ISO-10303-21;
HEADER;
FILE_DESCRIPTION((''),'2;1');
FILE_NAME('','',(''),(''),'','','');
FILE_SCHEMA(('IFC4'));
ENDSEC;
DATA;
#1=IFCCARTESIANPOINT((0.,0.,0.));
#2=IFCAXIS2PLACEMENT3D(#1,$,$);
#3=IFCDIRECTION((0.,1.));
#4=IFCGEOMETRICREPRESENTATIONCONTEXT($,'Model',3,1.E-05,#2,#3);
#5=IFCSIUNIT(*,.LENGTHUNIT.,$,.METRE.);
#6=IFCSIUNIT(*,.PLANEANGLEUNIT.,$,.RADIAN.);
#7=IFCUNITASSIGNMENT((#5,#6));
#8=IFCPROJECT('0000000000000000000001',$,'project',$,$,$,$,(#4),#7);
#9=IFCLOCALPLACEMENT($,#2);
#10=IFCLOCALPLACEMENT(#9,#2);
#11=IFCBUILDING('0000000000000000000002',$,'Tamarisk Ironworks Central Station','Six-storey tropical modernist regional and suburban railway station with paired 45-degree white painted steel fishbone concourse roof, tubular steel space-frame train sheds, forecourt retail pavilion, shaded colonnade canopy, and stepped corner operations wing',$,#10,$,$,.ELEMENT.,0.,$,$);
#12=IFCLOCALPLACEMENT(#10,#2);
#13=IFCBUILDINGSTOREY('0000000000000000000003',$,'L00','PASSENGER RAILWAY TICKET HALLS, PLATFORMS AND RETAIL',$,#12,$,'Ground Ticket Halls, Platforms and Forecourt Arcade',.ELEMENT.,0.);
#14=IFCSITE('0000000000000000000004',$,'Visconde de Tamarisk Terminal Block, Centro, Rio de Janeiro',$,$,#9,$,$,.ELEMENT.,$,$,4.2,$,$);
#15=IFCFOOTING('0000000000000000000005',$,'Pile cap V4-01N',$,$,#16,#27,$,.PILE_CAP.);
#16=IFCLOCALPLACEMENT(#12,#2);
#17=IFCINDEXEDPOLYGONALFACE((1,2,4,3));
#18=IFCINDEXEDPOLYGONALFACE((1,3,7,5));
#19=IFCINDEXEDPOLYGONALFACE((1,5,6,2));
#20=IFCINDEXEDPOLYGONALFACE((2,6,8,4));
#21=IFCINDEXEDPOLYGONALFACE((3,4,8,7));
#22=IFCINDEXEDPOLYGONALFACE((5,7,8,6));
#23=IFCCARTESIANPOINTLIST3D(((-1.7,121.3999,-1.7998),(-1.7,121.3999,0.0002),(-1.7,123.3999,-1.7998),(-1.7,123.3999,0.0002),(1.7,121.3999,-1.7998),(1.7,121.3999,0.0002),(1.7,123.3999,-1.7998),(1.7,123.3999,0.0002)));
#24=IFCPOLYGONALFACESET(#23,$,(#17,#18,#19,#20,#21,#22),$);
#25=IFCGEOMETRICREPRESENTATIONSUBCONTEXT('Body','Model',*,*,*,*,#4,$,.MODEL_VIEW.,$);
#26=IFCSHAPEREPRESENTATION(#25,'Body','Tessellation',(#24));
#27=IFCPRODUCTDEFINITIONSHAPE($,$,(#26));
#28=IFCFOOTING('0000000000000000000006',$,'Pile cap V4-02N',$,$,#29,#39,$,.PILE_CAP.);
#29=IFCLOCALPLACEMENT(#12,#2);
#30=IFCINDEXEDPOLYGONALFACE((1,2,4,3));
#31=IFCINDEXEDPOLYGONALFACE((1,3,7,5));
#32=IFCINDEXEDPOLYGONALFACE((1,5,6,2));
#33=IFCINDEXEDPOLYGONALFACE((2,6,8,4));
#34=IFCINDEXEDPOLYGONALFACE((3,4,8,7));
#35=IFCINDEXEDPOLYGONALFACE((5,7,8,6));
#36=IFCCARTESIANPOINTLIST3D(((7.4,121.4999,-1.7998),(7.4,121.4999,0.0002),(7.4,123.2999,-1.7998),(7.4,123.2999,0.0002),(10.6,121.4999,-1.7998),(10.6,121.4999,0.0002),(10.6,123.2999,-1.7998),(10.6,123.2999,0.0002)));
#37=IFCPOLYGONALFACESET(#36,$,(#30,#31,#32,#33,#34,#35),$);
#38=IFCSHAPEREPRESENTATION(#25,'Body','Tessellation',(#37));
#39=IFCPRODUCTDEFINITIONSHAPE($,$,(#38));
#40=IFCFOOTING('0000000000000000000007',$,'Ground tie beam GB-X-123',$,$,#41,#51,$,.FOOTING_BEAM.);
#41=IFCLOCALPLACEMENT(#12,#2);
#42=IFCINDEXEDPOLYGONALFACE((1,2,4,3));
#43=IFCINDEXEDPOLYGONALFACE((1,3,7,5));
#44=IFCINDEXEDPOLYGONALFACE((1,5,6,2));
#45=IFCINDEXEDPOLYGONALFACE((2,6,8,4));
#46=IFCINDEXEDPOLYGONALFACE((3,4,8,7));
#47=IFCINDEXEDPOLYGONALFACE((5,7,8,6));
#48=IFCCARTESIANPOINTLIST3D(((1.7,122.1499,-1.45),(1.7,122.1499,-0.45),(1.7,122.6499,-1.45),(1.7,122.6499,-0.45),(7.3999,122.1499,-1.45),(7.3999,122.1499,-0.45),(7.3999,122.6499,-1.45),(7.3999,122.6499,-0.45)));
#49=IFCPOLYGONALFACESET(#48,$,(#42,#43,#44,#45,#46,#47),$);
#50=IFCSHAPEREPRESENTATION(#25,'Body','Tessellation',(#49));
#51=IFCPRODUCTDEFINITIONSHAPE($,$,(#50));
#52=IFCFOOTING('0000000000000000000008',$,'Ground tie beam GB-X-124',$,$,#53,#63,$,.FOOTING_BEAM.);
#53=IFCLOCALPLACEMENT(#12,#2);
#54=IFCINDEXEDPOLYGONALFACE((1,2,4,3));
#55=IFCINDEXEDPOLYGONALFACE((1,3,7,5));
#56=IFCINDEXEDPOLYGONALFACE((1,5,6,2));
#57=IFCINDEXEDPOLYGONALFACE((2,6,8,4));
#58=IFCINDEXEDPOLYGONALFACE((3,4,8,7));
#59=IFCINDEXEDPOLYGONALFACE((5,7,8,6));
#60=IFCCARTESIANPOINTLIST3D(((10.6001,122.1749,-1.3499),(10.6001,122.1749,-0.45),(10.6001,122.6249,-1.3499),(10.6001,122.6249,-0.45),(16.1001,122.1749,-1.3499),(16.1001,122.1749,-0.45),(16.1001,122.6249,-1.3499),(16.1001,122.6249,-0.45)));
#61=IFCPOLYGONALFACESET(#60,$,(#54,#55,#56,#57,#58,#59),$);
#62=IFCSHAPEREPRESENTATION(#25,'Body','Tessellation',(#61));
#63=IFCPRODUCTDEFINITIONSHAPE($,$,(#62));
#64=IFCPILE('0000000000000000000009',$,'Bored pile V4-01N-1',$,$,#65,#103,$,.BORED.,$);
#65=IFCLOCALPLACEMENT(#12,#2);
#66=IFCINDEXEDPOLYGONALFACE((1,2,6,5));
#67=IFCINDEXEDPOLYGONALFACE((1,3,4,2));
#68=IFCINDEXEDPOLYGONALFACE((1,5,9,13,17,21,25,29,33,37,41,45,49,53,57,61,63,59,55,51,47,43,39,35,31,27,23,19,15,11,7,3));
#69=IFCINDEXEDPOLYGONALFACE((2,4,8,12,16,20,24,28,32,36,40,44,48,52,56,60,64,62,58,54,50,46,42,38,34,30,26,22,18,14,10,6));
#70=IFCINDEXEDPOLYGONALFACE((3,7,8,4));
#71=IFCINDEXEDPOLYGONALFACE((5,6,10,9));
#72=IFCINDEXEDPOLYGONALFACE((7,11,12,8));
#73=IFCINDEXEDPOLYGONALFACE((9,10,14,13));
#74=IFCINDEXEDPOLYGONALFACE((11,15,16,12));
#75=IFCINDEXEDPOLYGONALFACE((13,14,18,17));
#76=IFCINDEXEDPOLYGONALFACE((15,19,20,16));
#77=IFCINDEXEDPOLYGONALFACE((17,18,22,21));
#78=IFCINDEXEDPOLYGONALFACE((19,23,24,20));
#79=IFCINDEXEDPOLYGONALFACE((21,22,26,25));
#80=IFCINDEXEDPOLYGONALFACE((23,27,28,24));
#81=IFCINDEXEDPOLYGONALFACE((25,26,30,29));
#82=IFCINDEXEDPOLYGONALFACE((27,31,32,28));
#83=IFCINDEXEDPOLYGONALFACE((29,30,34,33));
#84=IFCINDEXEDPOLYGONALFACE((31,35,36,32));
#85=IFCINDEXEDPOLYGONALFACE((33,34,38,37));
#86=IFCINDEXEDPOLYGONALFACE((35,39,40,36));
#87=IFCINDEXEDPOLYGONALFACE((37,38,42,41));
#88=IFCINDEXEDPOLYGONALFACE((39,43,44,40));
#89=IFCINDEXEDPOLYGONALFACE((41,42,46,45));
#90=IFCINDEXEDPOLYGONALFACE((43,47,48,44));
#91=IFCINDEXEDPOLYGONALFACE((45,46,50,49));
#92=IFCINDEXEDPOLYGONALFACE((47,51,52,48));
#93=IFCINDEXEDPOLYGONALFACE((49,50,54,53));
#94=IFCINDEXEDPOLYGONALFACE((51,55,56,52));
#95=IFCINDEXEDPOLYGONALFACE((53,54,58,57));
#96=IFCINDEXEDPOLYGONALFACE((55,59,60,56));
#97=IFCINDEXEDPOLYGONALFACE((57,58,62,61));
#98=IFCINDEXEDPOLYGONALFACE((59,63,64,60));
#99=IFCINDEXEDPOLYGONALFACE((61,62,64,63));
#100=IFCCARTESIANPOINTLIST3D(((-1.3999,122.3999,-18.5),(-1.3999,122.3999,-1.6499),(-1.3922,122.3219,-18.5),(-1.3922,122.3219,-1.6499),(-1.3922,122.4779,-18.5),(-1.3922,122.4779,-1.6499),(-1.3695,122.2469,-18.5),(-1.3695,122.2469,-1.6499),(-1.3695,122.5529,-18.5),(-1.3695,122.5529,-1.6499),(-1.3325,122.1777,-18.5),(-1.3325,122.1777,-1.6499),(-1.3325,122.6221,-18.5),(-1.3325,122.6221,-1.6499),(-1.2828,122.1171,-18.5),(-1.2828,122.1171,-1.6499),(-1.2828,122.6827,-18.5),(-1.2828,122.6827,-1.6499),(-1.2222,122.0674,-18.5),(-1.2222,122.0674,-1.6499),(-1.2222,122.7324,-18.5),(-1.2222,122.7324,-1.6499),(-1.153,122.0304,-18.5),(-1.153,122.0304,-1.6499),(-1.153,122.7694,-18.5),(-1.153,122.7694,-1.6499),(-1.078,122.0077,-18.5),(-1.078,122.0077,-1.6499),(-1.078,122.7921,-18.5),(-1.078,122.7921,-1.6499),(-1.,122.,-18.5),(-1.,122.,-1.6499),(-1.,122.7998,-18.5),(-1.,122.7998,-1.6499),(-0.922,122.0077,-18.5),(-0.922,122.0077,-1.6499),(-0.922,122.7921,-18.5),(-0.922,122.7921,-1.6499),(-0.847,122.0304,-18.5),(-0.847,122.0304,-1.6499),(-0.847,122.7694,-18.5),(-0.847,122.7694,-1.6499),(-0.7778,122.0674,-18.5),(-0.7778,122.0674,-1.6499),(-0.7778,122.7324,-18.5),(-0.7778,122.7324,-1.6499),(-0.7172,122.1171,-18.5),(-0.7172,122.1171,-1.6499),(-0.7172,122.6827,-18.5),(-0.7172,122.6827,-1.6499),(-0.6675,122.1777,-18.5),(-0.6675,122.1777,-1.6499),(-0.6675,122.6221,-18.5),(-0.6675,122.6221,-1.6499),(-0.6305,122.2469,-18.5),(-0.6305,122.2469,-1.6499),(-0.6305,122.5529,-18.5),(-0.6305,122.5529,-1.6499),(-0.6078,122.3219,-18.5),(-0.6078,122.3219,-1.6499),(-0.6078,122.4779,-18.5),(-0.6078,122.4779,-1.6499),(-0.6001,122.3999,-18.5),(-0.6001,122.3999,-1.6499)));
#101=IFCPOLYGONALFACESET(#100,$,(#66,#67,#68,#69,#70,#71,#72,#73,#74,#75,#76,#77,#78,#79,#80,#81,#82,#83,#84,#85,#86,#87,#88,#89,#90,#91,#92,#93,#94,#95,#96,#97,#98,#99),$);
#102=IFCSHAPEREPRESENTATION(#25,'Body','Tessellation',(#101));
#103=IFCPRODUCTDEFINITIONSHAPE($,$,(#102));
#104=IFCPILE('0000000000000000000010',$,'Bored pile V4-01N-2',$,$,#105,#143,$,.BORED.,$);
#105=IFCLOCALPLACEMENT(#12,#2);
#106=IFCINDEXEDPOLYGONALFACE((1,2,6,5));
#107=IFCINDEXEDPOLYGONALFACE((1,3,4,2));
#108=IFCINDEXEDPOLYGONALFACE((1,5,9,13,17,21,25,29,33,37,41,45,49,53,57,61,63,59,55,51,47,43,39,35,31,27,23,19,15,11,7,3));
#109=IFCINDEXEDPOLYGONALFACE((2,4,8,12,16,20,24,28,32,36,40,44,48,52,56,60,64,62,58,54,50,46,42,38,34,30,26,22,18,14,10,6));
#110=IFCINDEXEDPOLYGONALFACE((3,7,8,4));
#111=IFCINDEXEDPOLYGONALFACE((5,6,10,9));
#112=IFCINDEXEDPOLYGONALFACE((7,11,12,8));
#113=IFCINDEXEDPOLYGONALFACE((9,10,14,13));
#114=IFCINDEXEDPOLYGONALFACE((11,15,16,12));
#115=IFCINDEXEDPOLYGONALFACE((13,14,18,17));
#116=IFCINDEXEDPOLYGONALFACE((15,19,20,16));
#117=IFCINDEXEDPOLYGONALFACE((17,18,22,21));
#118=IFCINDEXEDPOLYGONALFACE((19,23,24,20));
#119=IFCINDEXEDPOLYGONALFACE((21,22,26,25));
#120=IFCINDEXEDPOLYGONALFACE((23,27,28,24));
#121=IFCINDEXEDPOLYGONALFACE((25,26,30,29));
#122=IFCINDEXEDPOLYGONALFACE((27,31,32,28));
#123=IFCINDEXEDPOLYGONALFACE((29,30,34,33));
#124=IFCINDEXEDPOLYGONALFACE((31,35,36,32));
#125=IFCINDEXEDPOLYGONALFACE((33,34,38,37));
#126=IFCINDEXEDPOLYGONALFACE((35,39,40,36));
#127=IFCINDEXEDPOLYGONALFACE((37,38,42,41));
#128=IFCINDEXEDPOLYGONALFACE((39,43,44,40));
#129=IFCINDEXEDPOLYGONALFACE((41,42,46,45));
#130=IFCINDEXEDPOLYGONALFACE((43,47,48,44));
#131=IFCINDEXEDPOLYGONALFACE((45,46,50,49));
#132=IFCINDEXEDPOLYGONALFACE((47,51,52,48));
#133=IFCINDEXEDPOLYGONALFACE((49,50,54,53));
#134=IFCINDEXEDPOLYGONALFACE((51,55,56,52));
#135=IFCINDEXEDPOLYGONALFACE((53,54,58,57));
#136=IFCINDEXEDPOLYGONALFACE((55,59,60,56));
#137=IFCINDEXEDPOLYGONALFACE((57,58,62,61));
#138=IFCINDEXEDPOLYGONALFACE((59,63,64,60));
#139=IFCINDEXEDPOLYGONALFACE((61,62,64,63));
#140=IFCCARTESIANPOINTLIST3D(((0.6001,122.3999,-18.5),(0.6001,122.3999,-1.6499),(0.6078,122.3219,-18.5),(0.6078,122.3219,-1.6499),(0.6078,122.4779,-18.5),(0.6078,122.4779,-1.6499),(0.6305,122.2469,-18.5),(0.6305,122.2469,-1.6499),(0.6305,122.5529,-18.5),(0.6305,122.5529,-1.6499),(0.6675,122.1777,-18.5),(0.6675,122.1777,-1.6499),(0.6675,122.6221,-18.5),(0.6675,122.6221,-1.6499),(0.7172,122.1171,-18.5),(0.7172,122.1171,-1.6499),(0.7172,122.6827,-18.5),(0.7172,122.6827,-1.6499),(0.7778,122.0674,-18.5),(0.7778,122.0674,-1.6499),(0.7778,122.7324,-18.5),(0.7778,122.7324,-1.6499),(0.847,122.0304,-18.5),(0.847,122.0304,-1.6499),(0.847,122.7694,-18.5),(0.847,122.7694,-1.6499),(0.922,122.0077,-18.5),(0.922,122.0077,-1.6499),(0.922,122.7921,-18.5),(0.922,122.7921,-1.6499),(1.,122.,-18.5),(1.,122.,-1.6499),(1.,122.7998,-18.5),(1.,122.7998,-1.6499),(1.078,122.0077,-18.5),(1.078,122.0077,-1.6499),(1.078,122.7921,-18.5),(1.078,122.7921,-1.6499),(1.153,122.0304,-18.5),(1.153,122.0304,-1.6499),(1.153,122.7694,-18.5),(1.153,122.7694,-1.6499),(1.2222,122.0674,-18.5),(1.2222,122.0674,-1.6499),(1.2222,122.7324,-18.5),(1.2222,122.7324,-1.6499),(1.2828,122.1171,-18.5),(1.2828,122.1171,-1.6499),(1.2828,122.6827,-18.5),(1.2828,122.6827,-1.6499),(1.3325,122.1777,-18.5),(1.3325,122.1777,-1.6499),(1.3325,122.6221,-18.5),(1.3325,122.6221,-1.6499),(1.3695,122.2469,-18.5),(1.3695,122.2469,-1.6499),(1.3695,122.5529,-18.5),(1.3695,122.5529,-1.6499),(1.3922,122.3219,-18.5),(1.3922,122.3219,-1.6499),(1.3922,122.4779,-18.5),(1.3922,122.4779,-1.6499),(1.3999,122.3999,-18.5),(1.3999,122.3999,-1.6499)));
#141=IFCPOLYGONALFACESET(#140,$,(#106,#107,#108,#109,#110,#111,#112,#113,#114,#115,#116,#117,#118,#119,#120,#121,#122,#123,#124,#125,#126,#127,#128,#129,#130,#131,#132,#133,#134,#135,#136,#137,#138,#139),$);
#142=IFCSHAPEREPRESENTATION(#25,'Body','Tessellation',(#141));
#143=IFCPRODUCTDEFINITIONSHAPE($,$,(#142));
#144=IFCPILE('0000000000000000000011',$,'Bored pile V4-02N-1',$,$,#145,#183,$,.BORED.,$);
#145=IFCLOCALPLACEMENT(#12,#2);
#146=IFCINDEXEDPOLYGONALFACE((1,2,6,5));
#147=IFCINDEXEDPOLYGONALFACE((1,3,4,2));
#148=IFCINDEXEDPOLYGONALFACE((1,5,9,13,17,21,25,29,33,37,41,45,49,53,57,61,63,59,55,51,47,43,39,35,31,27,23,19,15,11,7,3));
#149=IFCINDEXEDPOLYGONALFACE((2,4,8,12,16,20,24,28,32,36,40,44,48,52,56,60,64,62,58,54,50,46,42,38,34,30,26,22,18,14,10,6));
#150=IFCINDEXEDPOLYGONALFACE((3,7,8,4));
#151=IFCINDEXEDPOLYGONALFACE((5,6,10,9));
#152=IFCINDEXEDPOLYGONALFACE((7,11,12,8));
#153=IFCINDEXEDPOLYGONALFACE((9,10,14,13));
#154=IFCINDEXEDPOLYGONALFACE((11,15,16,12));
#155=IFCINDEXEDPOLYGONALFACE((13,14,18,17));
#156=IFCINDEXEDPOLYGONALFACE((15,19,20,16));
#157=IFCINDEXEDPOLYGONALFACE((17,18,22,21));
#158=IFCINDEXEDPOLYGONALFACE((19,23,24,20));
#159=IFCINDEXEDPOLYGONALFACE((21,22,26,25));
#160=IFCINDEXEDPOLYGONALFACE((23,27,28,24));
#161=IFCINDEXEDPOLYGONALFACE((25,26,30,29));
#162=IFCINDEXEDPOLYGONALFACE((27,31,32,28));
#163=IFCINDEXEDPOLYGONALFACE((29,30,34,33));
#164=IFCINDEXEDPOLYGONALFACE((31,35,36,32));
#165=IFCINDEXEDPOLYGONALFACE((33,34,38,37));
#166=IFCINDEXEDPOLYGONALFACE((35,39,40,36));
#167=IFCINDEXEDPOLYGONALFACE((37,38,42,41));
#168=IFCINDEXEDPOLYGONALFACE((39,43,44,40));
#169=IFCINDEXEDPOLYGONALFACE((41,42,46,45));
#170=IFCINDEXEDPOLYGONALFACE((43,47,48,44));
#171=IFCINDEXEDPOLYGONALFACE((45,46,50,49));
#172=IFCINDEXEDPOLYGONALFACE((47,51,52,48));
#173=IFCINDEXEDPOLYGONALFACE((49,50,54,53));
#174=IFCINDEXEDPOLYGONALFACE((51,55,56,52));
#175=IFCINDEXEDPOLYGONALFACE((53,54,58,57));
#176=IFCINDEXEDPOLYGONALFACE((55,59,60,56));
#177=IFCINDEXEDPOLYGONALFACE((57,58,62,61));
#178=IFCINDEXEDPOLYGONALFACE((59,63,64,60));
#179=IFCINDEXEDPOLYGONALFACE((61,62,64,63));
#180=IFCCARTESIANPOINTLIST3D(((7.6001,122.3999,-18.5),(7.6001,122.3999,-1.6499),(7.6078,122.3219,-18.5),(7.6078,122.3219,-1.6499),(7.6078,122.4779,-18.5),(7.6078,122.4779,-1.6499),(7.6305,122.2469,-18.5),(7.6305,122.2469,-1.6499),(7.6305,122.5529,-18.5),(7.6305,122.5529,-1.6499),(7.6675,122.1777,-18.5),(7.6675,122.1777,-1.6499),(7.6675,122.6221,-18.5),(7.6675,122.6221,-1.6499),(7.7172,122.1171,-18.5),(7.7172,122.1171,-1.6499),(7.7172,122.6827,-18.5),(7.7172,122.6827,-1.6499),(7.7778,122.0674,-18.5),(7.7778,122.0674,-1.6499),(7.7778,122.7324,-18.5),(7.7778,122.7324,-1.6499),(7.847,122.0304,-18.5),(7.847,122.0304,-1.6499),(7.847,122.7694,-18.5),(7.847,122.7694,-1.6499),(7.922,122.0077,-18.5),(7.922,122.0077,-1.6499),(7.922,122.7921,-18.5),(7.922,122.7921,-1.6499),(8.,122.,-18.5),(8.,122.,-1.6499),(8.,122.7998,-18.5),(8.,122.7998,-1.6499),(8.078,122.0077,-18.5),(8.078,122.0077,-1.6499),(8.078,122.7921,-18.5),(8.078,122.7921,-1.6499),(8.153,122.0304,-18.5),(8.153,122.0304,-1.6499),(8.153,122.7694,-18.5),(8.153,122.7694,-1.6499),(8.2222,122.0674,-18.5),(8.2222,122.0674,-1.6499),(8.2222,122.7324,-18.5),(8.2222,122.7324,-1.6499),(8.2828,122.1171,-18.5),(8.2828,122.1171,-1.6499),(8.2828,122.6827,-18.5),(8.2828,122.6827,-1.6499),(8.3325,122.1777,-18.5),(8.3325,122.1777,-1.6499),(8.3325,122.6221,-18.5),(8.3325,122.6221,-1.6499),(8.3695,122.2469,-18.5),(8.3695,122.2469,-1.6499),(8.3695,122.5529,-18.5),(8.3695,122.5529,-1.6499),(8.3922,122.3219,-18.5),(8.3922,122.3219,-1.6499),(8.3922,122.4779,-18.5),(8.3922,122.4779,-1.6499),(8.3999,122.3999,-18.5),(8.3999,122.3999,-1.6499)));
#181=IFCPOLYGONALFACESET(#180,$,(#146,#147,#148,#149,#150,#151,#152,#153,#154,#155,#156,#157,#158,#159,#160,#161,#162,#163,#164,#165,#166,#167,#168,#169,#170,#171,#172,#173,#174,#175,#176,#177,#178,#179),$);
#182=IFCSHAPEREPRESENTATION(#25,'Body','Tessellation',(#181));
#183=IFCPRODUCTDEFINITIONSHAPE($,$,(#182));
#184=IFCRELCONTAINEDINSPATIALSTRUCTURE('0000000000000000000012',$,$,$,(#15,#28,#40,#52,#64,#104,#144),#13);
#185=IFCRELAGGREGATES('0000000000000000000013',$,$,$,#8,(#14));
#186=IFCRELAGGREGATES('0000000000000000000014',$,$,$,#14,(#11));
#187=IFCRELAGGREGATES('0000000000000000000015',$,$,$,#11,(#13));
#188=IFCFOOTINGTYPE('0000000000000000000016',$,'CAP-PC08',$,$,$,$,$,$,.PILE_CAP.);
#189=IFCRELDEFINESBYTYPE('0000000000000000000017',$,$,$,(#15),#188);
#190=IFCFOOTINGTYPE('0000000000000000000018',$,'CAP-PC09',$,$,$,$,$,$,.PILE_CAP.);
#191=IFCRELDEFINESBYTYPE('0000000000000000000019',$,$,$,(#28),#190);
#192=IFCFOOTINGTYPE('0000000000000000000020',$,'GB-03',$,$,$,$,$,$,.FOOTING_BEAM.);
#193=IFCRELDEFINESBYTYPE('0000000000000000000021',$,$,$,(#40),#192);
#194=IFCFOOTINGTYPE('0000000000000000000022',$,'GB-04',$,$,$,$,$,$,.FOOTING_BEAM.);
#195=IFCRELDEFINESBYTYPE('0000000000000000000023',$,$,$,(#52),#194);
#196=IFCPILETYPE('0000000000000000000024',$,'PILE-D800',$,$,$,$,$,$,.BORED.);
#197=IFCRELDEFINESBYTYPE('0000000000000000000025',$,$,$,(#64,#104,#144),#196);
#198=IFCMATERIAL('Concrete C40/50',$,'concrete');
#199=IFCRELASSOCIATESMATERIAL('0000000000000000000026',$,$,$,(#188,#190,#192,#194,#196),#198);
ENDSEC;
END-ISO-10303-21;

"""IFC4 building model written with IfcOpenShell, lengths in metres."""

from ifc_helpers import new_model, si_unit, direction, frame, origin, origin_2d, place, context, subcontext, project, spatial, rectangle, circle, extrude, material, material_profile, profile_set, type_object, element, save


model = new_model("IFC4")

# Units and contexts
model_context = context("Model", 3, precision=1e-05, world=origin(), true_north=direction((0.0, 1.0)))
body_context = subcontext(model_context, "Body", "Model", "MODEL_VIEW")
ifc_project = project(units=[si_unit("LENGTHUNIT", "METRE"), si_unit("PLANEANGLEUNIT", "RADIAN")], contexts=[model_context])

# Site, building, storey
site_placement = place(None, origin())
site = spatial("IfcSite", under=ifc_project, at=site_placement, Name="Visconde de Tamarisk Terminal Block, Centro, Rio de Janeiro", CompositionType="ELEMENT", RefElevation=4.2)
building_placement = place(site_placement, origin())
building = spatial("IfcBuilding", under=site, at=building_placement, Name="Tamarisk Ironworks Central Station", Description="Six-storey tropical modernist regional and suburban railway station with paired 45-degree white painted steel fishbone concourse roof, tubular steel space-frame train sheds, forecourt retail pavilion, shaded colonnade canopy, and stepped corner operations wing", CompositionType="ELEMENT", ElevationOfRefHeight=0.0)
storey_placement = place(building_placement, origin())
storey = spatial("IfcBuildingStorey", under=building, at=storey_placement, Name="L00", Description="PASSENGER RAILWAY TICKET HALLS, PLATFORMS AND RETAIL", LongName="Ground Ticket Halls, Platforms and Forecourt Arcade", CompositionType="ELEMENT", Elevation=0.0)

# Footings
ifc_material_1 = material(Name="Concrete C40/50", Category="concrete")
footing_type_1 = type_object("IfcFootingType", Name="CAP-PC08", PredefinedType="PILE_CAP", material=ifc_material_1)
footing_1_placement = place(storey_placement, frame((0.0, 122.3999, -1.7998), z_axis=(0.0, 0.0, 1.0), x_axis=(1.0, 0.0, 0.0)))
element("IfcFooting", 1, at=footing_1_placement, inside=storey, type_object=footing_type_1, Name="Pile cap V4-01N", PredefinedType="PILE_CAP", context=body_context, shape_type="SweptSolid", body=[
    extrude(rectangle(XDim=3.3999, YDim=2.0, at=origin_2d()), origin(), (0.0, 0.0, 1.0), 1.8),
])
footing_type_2 = type_object("IfcFootingType", Name="CAP-PC09", PredefinedType="PILE_CAP", material=ifc_material_1)
footing_2_placement = place(storey_placement, frame((9.0, 122.3999, -1.7998), z_axis=(0.0, 0.0, 1.0), x_axis=(1.0, 0.0, 0.0)))
element("IfcFooting", 2, at=footing_2_placement, inside=storey, type_object=footing_type_2, Name="Pile cap V4-02N", PredefinedType="PILE_CAP", context=body_context, shape_type="SweptSolid", body=[
    extrude(rectangle(XDim=3.2, YDim=1.8, at=origin_2d()), origin(), (0.0, 0.0, 1.0), 1.8),
])
ifc_material_profile_1 = material_profile(ifc_material_1, rectangle(XDim=0.5, YDim=1.0, at=origin_2d()), Name="GB03 500x1000")
ifc_profile_set_1 = profile_set([ifc_material_profile_1], Name="Concrete C40/50")
footing_type_3 = type_object("IfcFootingType", Name="GB-03", PredefinedType="FOOTING_BEAM", material=ifc_profile_set_1)
footing_3_placement = place(storey_placement, frame((1.7, 122.3999, -0.95), z_axis=(1.0, 0.0, 0.0), x_axis=(0.0, 1.0, 0.0)))
element("IfcFooting", 3, at=footing_3_placement, inside=storey, type_object=footing_type_3, Name="Ground tie beam GB-X-123", PredefinedType="FOOTING_BEAM", context=body_context, shape_type="SweptSolid", body=[
    extrude(rectangle(XDim=0.5, YDim=1.0, at=origin_2d()), origin(), (0.0, 0.0, 1.0), 5.7),
])
ifc_material_profile_2 = material_profile(ifc_material_1, rectangle(XDim=0.45, YDim=0.8999, at=origin_2d()), Name="GB04 450x900")
ifc_profile_set_2 = profile_set([ifc_material_profile_2], Name="Concrete C40/50")
footing_type_4 = type_object("IfcFootingType", Name="GB-04", PredefinedType="FOOTING_BEAM", material=ifc_profile_set_2)
footing_4_placement = place(storey_placement, frame((10.6001, 122.3999, -0.8999), z_axis=(1.0, 0.0, 0.0), x_axis=(0.0, 1.0, 0.0)))
element("IfcFooting", 4, at=footing_4_placement, inside=storey, type_object=footing_type_4, Name="Ground tie beam GB-X-124", PredefinedType="FOOTING_BEAM", context=body_context, shape_type="SweptSolid", body=[
    extrude(rectangle(XDim=0.45, YDim=0.8999, at=origin_2d()), origin(), (0.0, 0.0, 1.0), 5.5),
])

# Piles
ifc_material_profile_3 = material_profile(ifc_material_1, circle(Radius=0.3999, at=origin_2d()), Name="BORED PILE D800")
ifc_profile_set_3 = profile_set([ifc_material_profile_3], Name="Concrete C40/50")
pile_type = type_object("IfcPileType", Name="PILE-D800", PredefinedType="BORED", material=ifc_profile_set_3)
for number, where, z_axis, x_axis, name in (
    (5, (-1.0, 122.3999, -1.6499), (0.0, 0.0, -1.0), (1.0, 0.0, 0.0), "Bored pile V4-01N-1"),
    (6, (1.0, 122.3999, -1.6499), (0.0, 0.0, -1.0), (1.0, 0.0, 0.0), "Bored pile V4-01N-2"),
    (7, (8.0, 122.3999, -1.6499), (0.0, 0.0, -1.0), (1.0, 0.0, 0.0), "Bored pile V4-02N-1"),
):
    element("IfcPile", number, at=place(storey_placement, frame(where, z_axis=z_axis, x_axis=x_axis)), inside=storey, type_object=pile_type, Name=name, PredefinedType="BORED", context=body_context, shape_type="SweptSolid", body=[
        extrude(circle(Radius=0.3999, at=origin_2d()), origin(), (0.0, 0.0, 1.0), 16.8501),
    ])

save(model, "model.ifc")
